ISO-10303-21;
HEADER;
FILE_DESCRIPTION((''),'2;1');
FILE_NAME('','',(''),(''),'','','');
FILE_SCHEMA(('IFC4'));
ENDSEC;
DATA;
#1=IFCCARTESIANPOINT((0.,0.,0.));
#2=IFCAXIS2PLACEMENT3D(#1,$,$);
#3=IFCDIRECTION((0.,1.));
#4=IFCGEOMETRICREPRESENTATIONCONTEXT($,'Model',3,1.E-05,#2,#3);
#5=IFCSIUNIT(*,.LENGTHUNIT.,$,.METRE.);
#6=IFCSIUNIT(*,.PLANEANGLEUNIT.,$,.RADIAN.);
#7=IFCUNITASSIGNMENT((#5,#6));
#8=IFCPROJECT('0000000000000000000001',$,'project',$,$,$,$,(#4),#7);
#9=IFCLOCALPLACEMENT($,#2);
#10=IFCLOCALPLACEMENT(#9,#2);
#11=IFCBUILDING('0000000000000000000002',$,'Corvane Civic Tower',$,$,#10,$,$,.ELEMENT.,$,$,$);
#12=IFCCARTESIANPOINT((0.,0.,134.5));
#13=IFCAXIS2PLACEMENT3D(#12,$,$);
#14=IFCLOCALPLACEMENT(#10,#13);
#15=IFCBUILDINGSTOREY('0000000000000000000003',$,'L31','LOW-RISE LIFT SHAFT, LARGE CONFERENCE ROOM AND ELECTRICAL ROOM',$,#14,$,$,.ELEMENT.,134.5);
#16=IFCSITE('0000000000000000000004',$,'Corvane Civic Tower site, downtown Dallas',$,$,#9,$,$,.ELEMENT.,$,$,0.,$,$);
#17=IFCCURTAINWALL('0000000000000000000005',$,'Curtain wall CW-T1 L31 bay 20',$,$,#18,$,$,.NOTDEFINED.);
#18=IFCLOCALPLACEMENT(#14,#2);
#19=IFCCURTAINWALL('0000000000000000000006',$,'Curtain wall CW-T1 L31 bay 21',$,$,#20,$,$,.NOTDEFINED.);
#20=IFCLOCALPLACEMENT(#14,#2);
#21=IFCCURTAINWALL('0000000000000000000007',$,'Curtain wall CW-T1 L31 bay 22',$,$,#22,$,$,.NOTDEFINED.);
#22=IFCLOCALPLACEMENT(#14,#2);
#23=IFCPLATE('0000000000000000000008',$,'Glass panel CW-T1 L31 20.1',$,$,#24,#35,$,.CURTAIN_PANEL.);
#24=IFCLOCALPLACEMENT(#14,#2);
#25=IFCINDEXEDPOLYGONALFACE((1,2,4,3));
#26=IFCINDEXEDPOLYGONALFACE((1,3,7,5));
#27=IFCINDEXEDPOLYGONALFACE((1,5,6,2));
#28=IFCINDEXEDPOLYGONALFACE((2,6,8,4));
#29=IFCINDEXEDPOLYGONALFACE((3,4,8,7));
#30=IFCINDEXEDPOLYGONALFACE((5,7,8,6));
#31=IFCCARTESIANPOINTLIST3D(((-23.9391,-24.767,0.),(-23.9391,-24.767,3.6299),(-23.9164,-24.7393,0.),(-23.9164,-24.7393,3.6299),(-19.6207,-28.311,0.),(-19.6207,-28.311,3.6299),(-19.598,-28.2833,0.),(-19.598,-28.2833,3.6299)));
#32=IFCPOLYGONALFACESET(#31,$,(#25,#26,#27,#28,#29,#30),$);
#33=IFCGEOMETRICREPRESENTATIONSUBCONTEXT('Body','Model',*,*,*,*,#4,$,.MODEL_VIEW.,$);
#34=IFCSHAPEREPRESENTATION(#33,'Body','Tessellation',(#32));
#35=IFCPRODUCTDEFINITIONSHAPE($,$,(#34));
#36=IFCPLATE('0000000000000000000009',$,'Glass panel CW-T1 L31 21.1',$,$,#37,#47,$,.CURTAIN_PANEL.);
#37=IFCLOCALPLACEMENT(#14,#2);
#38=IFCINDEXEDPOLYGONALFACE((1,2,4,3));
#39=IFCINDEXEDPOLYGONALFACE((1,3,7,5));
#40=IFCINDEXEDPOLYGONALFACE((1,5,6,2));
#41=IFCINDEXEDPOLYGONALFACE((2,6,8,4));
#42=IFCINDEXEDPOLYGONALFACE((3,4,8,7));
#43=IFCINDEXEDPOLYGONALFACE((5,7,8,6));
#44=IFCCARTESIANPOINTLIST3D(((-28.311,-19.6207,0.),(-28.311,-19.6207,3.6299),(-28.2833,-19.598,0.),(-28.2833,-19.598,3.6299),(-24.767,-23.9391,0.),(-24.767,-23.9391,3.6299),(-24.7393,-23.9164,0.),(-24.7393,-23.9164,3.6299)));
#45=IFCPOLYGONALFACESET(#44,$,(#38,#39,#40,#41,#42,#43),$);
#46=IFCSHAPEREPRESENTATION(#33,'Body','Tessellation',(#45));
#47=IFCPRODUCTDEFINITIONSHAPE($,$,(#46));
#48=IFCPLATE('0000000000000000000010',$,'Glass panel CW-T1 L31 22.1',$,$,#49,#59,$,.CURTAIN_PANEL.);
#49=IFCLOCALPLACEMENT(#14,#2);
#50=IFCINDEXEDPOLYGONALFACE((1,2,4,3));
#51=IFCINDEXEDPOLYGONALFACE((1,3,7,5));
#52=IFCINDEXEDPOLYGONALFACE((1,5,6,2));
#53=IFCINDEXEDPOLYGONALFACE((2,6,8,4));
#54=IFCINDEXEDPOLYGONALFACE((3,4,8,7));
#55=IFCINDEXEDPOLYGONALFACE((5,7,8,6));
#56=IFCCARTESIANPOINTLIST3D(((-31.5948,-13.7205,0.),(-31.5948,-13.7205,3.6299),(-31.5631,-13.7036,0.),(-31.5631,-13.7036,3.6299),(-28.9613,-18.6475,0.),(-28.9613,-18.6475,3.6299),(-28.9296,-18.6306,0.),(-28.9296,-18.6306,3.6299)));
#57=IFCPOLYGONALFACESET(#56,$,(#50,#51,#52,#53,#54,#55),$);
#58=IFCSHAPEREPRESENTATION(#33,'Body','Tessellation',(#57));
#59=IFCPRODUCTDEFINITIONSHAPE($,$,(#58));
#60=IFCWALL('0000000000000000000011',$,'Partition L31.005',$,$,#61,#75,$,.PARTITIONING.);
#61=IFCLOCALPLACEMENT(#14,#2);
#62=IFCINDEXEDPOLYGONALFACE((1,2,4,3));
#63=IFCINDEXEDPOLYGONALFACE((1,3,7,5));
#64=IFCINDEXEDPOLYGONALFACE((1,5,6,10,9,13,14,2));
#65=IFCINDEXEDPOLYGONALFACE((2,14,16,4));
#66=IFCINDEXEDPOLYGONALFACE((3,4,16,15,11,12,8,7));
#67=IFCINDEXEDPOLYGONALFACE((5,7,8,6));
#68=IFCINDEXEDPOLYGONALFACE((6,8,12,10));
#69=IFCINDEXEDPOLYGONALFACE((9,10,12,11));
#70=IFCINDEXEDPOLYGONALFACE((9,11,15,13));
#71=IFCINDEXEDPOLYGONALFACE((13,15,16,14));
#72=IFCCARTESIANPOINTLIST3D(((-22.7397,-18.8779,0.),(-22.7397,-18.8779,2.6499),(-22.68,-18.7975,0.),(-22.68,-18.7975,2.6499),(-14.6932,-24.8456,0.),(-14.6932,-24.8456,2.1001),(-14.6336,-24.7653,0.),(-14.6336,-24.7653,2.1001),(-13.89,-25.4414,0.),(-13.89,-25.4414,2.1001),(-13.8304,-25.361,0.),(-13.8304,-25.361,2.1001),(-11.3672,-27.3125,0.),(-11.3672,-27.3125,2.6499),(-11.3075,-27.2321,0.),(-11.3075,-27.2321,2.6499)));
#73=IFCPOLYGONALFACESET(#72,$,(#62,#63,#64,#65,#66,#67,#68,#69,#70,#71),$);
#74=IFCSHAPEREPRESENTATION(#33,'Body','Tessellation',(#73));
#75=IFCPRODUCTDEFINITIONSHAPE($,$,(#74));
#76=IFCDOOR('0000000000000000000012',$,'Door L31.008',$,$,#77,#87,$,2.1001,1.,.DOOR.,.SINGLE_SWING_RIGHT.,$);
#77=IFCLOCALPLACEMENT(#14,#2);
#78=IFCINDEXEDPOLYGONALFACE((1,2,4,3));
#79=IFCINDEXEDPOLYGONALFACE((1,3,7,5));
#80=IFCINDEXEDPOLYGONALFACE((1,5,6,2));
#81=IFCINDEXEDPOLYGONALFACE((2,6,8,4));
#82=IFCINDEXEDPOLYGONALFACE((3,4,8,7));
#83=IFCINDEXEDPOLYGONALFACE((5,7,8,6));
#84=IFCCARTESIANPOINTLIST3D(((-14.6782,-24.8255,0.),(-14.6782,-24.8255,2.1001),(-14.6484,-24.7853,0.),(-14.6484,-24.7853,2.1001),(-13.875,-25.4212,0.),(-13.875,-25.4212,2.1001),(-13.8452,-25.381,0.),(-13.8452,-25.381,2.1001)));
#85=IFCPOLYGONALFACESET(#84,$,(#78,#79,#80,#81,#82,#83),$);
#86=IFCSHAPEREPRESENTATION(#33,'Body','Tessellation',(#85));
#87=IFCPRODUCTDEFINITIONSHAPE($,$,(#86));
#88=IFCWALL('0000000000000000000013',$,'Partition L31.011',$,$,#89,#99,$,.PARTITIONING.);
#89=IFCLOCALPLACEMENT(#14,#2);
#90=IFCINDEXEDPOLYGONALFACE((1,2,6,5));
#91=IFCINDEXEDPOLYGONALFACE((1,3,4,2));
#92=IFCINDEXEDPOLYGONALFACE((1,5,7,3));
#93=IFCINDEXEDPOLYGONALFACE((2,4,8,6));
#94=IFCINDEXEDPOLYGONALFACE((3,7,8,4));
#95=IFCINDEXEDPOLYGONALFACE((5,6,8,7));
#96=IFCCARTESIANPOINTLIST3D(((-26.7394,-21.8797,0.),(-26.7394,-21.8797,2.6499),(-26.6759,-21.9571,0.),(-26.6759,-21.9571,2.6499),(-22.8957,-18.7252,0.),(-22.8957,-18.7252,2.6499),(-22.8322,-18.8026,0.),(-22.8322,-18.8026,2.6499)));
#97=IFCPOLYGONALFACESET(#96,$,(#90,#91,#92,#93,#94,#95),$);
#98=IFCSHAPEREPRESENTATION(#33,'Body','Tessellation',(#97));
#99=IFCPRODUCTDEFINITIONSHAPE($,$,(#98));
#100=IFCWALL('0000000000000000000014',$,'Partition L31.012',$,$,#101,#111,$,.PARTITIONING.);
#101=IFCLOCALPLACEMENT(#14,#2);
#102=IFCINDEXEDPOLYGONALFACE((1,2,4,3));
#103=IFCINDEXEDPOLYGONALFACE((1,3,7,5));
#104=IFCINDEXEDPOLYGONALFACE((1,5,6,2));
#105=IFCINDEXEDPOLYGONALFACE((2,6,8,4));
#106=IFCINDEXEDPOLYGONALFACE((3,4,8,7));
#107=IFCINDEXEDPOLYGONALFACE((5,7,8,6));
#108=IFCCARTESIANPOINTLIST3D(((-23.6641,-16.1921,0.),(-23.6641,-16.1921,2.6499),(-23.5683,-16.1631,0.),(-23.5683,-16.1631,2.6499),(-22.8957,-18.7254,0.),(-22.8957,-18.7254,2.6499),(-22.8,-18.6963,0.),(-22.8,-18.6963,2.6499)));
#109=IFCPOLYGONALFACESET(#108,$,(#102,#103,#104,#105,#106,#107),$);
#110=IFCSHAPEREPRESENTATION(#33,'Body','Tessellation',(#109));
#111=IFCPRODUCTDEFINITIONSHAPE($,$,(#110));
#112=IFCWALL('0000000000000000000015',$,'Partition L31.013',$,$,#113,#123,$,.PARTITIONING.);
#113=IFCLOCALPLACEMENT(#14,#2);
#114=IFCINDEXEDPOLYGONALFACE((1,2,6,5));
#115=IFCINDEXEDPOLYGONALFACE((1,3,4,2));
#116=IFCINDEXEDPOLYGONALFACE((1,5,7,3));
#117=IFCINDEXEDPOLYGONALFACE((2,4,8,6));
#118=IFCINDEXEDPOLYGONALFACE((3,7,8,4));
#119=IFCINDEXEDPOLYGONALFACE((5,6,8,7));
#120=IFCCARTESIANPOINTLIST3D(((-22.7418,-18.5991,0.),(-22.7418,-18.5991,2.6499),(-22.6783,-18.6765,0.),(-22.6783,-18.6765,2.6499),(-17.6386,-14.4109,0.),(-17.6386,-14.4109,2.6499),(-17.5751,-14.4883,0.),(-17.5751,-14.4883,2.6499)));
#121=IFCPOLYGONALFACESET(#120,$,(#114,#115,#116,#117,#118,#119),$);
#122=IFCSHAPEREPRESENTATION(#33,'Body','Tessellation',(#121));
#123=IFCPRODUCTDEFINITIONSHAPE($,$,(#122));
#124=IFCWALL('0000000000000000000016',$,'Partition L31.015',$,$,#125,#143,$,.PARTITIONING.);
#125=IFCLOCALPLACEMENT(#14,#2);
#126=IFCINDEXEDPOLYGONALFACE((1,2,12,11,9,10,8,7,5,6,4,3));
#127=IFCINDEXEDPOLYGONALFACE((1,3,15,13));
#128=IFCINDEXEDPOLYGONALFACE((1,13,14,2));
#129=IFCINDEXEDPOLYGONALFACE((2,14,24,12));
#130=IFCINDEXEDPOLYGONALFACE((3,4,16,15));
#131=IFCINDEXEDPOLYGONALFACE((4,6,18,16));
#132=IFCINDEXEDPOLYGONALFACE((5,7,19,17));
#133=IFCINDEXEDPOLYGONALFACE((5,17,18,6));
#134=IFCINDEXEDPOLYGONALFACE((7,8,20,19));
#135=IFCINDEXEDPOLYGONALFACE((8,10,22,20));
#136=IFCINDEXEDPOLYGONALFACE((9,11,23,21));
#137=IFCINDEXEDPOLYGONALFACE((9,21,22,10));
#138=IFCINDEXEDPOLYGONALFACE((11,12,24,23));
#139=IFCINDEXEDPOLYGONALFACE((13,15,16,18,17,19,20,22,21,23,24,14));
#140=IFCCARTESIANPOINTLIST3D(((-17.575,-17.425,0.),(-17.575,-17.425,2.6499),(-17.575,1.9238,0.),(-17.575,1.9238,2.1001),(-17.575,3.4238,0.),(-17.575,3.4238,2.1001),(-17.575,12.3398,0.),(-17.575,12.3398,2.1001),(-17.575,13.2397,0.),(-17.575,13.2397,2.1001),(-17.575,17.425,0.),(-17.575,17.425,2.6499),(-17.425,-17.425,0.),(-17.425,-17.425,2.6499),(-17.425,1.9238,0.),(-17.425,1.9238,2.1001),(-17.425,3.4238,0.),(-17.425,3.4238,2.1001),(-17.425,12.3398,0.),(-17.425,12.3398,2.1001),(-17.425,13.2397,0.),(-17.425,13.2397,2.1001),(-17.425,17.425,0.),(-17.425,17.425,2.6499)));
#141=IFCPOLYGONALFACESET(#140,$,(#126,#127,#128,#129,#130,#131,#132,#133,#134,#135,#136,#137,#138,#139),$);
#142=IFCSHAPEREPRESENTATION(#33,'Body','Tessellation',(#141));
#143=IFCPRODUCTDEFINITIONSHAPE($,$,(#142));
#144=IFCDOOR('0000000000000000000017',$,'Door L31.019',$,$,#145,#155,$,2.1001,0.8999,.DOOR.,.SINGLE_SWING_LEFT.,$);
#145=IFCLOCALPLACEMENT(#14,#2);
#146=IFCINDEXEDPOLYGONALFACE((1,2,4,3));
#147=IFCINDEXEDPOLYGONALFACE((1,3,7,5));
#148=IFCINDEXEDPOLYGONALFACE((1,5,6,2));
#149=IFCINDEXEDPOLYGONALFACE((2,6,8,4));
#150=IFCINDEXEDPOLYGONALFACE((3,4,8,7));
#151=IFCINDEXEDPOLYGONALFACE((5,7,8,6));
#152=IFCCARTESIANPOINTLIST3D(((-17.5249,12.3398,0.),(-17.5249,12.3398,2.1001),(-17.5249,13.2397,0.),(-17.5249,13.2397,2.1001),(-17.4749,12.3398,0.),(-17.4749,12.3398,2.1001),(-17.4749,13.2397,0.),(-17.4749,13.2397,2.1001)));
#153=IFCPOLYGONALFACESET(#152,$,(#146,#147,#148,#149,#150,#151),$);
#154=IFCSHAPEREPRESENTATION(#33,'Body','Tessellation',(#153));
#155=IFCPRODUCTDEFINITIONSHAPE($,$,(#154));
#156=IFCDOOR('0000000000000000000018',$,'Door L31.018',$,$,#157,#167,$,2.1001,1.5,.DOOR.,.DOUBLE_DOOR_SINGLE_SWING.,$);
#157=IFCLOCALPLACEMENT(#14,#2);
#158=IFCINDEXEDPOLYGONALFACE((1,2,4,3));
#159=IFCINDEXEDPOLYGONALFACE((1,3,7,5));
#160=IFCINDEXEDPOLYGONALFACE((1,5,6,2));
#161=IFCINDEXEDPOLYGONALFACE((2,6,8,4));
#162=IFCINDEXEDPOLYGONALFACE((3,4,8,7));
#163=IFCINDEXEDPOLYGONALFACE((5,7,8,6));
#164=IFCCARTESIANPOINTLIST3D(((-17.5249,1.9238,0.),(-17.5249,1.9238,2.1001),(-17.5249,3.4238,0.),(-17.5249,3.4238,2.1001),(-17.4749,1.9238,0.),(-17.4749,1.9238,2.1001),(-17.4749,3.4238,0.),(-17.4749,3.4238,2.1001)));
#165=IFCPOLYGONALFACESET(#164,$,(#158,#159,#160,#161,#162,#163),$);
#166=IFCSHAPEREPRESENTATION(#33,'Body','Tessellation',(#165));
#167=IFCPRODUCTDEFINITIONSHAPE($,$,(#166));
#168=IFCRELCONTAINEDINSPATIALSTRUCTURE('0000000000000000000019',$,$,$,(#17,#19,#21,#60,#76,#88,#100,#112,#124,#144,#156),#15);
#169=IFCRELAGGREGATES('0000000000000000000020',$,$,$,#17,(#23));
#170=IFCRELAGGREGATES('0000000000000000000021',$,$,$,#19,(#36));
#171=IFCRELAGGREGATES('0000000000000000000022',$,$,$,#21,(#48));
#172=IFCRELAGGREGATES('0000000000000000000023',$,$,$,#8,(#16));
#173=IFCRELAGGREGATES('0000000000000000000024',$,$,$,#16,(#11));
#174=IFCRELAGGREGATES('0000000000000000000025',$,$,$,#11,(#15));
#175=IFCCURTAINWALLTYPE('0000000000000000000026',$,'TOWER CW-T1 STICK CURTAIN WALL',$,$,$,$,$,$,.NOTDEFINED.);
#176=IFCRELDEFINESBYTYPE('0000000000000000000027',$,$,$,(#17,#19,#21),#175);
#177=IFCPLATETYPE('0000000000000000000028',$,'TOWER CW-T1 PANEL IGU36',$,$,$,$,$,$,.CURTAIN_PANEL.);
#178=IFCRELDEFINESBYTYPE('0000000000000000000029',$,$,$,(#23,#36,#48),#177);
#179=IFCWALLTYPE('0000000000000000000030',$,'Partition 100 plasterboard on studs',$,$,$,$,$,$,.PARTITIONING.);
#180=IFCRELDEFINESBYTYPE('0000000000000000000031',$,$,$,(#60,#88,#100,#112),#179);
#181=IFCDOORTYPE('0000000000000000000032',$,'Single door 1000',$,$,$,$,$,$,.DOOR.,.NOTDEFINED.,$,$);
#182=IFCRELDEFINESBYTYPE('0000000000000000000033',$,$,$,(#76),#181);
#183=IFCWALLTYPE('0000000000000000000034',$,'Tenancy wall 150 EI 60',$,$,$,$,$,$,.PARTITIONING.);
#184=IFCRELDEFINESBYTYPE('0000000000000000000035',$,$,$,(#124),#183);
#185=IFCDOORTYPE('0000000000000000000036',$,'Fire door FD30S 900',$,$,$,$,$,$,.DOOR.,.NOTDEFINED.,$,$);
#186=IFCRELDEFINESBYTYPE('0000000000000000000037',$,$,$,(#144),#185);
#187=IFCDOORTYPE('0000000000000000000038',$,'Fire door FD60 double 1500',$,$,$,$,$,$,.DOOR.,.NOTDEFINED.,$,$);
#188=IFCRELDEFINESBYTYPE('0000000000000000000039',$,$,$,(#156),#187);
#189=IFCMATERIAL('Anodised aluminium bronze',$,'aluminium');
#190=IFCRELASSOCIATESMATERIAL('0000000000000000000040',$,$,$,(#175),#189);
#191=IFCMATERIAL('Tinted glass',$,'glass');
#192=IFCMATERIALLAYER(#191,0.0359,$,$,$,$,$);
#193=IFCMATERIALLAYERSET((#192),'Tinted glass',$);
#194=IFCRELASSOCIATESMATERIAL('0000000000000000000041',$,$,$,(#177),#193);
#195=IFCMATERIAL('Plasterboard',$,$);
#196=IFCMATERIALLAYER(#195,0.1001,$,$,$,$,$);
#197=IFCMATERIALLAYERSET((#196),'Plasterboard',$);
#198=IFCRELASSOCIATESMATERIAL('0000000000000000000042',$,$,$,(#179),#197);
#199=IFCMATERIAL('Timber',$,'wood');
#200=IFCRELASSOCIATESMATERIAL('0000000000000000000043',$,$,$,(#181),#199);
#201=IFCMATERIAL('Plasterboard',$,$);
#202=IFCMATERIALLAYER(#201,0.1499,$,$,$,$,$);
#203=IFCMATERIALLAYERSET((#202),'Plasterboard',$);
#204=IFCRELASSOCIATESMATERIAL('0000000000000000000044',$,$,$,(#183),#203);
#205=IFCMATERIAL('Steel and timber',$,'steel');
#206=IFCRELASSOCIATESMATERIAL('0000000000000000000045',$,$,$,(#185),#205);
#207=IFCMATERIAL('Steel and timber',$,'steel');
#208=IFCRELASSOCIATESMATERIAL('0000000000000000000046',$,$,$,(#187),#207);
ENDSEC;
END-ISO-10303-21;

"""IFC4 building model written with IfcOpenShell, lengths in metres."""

from ifc_helpers import new_model, si_unit, direction, frame, frame_2d, origin, origin_2d, place, context, subcontext, project, spatial, rectangle, extrude, material, layer, layer_set, type_object, element, fill, aggregate, save


model = new_model("IFC4")

# Units and contexts
model_context = context("Model", 3, precision=1e-05, world=origin(), true_north=direction((0.0, 1.0)))
body_context = subcontext(model_context, "Body", "Model", "MODEL_VIEW")
ifc_project = project(units=[si_unit("LENGTHUNIT", "METRE"), si_unit("PLANEANGLEUNIT", "RADIAN")], contexts=[model_context])

# Site, building, storey
site_placement = place(None, origin())
site = spatial("IfcSite", under=ifc_project, at=site_placement, Name="Corvane Civic Tower site, downtown Dallas", CompositionType="ELEMENT", RefElevation=0.0)
building_placement = place(site_placement, origin())
building = spatial("IfcBuilding", under=site, at=building_placement, Name="Corvane Civic Tower", CompositionType="ELEMENT")
storey_placement = place(building_placement, frame((0.0, 0.0, 134.5)))
storey = spatial("IfcBuildingStorey", under=building, at=storey_placement, Name="L31", Description="LOW-RISE LIFT SHAFT, LARGE CONFERENCE ROOM AND ELECTRICAL ROOM", CompositionType="ELEMENT", Elevation=134.5)

# Curtain walls
ifc_material_1 = material(Name="Anodised aluminium bronze", Category="aluminium")
curtain_wall_type = type_object("IfcCurtainWallType", Name="TOWER CW-T1 STICK CURTAIN WALL", PredefinedType="NOTDEFINED", material=ifc_material_1)
curtain_wall_1_placement = place(storey_placement, origin())
curtain_wall_1 = element("IfcCurtainWall", 1, at=curtain_wall_1_placement, inside=storey, type_object=curtain_wall_type, Name="Curtain wall CW-T1 L31 bay 20", PredefinedType="NOTDEFINED")
curtain_wall_2_placement = place(storey_placement, origin())
curtain_wall_2 = element("IfcCurtainWall", 2, at=curtain_wall_2_placement, inside=storey, type_object=curtain_wall_type, Name="Curtain wall CW-T1 L31 bay 21", PredefinedType="NOTDEFINED")
curtain_wall_3_placement = place(storey_placement, origin())
curtain_wall_3 = element("IfcCurtainWall", 3, at=curtain_wall_3_placement, inside=storey, type_object=curtain_wall_type, Name="Curtain wall CW-T1 L31 bay 22", PredefinedType="NOTDEFINED")

# Plates
ifc_material_2 = material(Name="Tinted glass", Category="glass")
ifc_layer_1 = layer(ifc_material_2, 0.0359)
ifc_layer_set_1 = layer_set([ifc_layer_1], Name="Tinted glass")
plate_type = type_object("IfcPlateType", Name="TOWER CW-T1 PANEL IGU36", PredefinedType="CURTAIN_PANEL", material=ifc_layer_set_1)
plate_1_placement = place(storey_placement, frame((-21.7686, -26.5251, 0.0), z_axis=(0.0, 0.0, 1.0), x_axis=(-0.773013, 0.63439, 0.0)))
plate_1 = element("IfcPlate", 4, at=plate_1_placement, type_object=plate_type, Name="Glass panel CW-T1 L31 20.1", PredefinedType="CURTAIN_PANEL", context=body_context, shape_type="SweptSolid", body=[
    extrude(rectangle(XDim=5.5864, YDim=0.0359, at=origin_2d()), origin(), (0.0, 0.0, 1.0), 3.6299),
])
aggregate(curtain_wall_1, [plate_1])
plate_2_placement = place(storey_placement, frame((-26.5251, -21.7686, 0.0), z_axis=(0.0, 0.0, 1.0), x_axis=(-0.63439, 0.773013, 0.0)))
plate_2 = element("IfcPlate", 5, at=plate_2_placement, type_object=plate_type, Name="Glass panel CW-T1 L31 21.1", PredefinedType="CURTAIN_PANEL", context=body_context, shape_type="SweptSolid", body=[
    extrude(rectangle(XDim=5.5864, YDim=0.0359, at=origin_2d()), origin(), (0.0, 0.0, 1.0), 3.6299),
])
aggregate(curtain_wall_2, [plate_2])
plate_3_placement = place(storey_placement, frame((-30.2622, -16.1755, 0.0), z_axis=(0.0, 0.0, 1.0), x_axis=(-0.471392, 0.881924, 0.0)))
plate_3 = element("IfcPlate", 6, at=plate_3_placement, type_object=plate_type, Name="Glass panel CW-T1 L31 22.1", PredefinedType="CURTAIN_PANEL", context=body_context, shape_type="SweptSolid", body=[
    extrude(rectangle(XDim=5.5867, YDim=0.0359, at=origin_2d()), origin(), (0.0, 0.0, 1.0), 3.6299),
])
aggregate(curtain_wall_3, [plate_3])

# Wall, opening, door
ifc_material_3 = material(Name="Plasterboard")
ifc_layer_2 = layer(ifc_material_3, 0.1001)
ifc_layer_set_2 = layer_set([ifc_layer_2], Name="Plasterboard")
wall_type_1 = type_object("IfcWallType", Name="Partition 100 plasterboard on studs", PredefinedType="PARTITIONING", material=ifc_layer_set_2)
wall_1_placement = place(storey_placement, frame((-22.71, -18.8376, 0.0), z_axis=(0.0, 0.0, 1.0), x_axis=(0.803204, -0.595704, 0.0)))
wall_1 = element("IfcWall", 7, at=wall_1_placement, inside=storey, type_object=wall_type_1, Name="Partition L31.005", PredefinedType="PARTITIONING", context=body_context, shape_type="SweptSolid", body=[
    extrude(rectangle(XDim=14.1589, YDim=0.1001, at=frame_2d((7.0796, 0.0))), origin(), (0.0, 0.0, 1.0), 2.6499),
])
opening_1_placement = place(wall_1_placement, frame((10.0181, 0.0, 0.0)))
opening_1 = element("IfcOpeningElement", 8, at=opening_1_placement, cuts=wall_1, PredefinedType="OPENING", context=body_context, shape_type="SweptSolid", body=[
    extrude(rectangle(XDim=1.0, YDim=2.1001, at=frame_2d((0.5, 1.05))), frame((0.0, 0.0601, 0.0), z_axis=(0.0, -1.0, 0.0), x_axis=(1.0, 0.0, 0.0)), (0.0, 0.0, 1.0), 0.1201),
])
ifc_material_4 = material(Name="Timber", Category="wood")
door_type_1 = type_object("IfcDoorType", Name="Single door 1000", OperationType="NOTDEFINED", PredefinedType="DOOR", material=ifc_material_4)
door_1_placement = place(opening_1_placement, frame((1.0, 0.0, 0.0), z_axis=(0.0, 0.0, 1.0), x_axis=(-1.0, 0.0, 0.0)))
door_1 = element("IfcDoor", 9, at=door_1_placement, inside=storey, type_object=door_type_1, Name="Door L31.008", OperationType="SINGLE_SWING_RIGHT", OverallHeight=2.1001, OverallWidth=1.0, PredefinedType="DOOR", context=body_context, shape_type="SweptSolid", body=[
    extrude(rectangle(XDim=1.0, YDim=2.1001, at=frame_2d((0.5, 1.05))), frame((0.0, 0.0249, 0.0), z_axis=(0.0, -1.0, 0.0), x_axis=(1.0, 0.0, 0.0)), (0.0, 0.0, 1.0), 0.05),
])
fill(opening_1, door_1)

# Walls
wall_2_placement = place(storey_placement, frame((-26.7078, -21.9185, 0.0), z_axis=(0.0, 0.0, 1.0), x_axis=(0.773005, 0.6344, 0.0)))
element("IfcWall", 10, at=wall_2_placement, inside=storey, type_object=wall_type_1, Name="Partition L31.011", PredefinedType="PARTITIONING", context=body_context, shape_type="SweptSolid", body=[
    extrude(rectangle(XDim=4.9724, YDim=0.1001, at=frame_2d((2.4863, 0.0))), origin(), (0.0, 0.0, 1.0), 2.6499),
])
wall_3_placement = place(storey_placement, frame((-23.6162, -16.1775, 0.0), z_axis=(0.0, 0.0, 1.0), x_axis=(0.29024, -0.956954, 0.0)))
element("IfcWall", 11, at=wall_3_placement, inside=storey, type_object=wall_type_1, Name="Partition L31.012", PredefinedType="PARTITIONING", context=body_context, shape_type="SweptSolid", body=[
    extrude(rectangle(XDim=2.6472, YDim=0.1001, at=frame_2d((1.3237, 0.0))), origin(), (0.0, 0.0, 1.0), 2.6499),
])
wall_4_placement = place(storey_placement, frame((-22.71, -18.6377, 0.0), z_axis=(0.0, 0.0, 1.0), x_axis=(0.773004, 0.634401, 0.0)))
element("IfcWall", 12, at=wall_4_placement, inside=storey, type_object=wall_type_1, Name="Partition L31.013", PredefinedType="PARTITIONING", context=body_context, shape_type="SweptSolid", body=[
    extrude(rectangle(XDim=6.6018, YDim=0.1001, at=frame_2d((3.3008, 0.0))), origin(), (0.0, 0.0, 1.0), 2.6499),
])

# Wall, openings, doors
ifc_material_5 = material(Name="Plasterboard")
ifc_layer_3 = layer(ifc_material_5, 0.1499)
ifc_layer_set_3 = layer_set([ifc_layer_3], Name="Plasterboard")
wall_type_2 = type_object("IfcWallType", Name="Tenancy wall 150 EI 60", PredefinedType="PARTITIONING", material=ifc_layer_set_3)
wall_5_placement = place(storey_placement, frame((-17.5, -17.425, 0.0), z_axis=(0.0, 0.0, 1.0), x_axis=(0.0, 1.0, 0.0)))
wall_5 = element("IfcWall", 13, at=wall_5_placement, inside=storey, type_object=wall_type_2, Name="Partition L31.015", PredefinedType="PARTITIONING", context=body_context, shape_type="SweptSolid", body=[
    extrude(rectangle(XDim=34.8501, YDim=0.1499, at=frame_2d((17.425, 0.0))), origin(), (0.0, 0.0, 1.0), 2.6499),
])
opening_2_placement = place(wall_5_placement, frame((19.3489, 0.0, 0.0)))
opening_2 = element("IfcOpeningElement", 14, at=opening_2_placement, cuts=wall_5, PredefinedType="OPENING", context=body_context, shape_type="SweptSolid", body=[
    extrude(rectangle(XDim=1.5, YDim=2.1001, at=frame_2d((0.75, 1.05))), frame((0.0, 0.085, 0.0), z_axis=(0.0, -1.0, 0.0), x_axis=(1.0, 0.0, 0.0)), (0.0, 0.0, 1.0), 0.1699),
])
opening_3_placement = place(wall_5_placement, frame((29.7649, 0.0, 0.0)))
opening_3 = element("IfcOpeningElement", 15, at=opening_3_placement, cuts=wall_5, PredefinedType="OPENING", context=body_context, shape_type="SweptSolid", body=[
    extrude(rectangle(XDim=0.8999, YDim=2.1001, at=frame_2d((0.45, 1.05))), frame((0.0, 0.085, 0.0), z_axis=(0.0, -1.0, 0.0), x_axis=(1.0, 0.0, 0.0)), (0.0, 0.0, 1.0), 0.1699),
])
ifc_material_6 = material(Name="Steel and timber", Category="steel")
door_type_2 = type_object("IfcDoorType", Name="Fire door FD30S 900", OperationType="NOTDEFINED", PredefinedType="DOOR", material=ifc_material_6)
door_2_placement = place(opening_3_placement, origin())
door_2 = element("IfcDoor", 16, at=door_2_placement, inside=storey, type_object=door_type_2, Name="Door L31.019", OperationType="SINGLE_SWING_LEFT", OverallHeight=2.1001, OverallWidth=0.8999, PredefinedType="DOOR", context=body_context, shape_type="SweptSolid", body=[
    extrude(rectangle(XDim=0.8999, YDim=2.1001, at=frame_2d((0.45, 1.05))), frame((0.0, 0.0249, 0.0), z_axis=(0.0, -1.0, 0.0), x_axis=(1.0, 0.0, 0.0)), (0.0, 0.0, 1.0), 0.05),
])
fill(opening_3, door_2)
ifc_material_7 = material(Name="Steel and timber", Category="steel")
door_type_3 = type_object("IfcDoorType", Name="Fire door FD60 double 1500", OperationType="NOTDEFINED", PredefinedType="DOOR", material=ifc_material_7)
door_3_placement = place(opening_2_placement, origin())
door_3 = element("IfcDoor", 17, at=door_3_placement, inside=storey, type_object=door_type_3, Name="Door L31.018", OperationType="DOUBLE_DOOR_SINGLE_SWING", OverallHeight=2.1001, OverallWidth=1.5, PredefinedType="DOOR", context=body_context, shape_type="SweptSolid", body=[
    extrude(rectangle(XDim=1.5, YDim=2.1001, at=frame_2d((0.75, 1.05))), frame((0.0, 0.0249, 0.0), z_axis=(0.0, -1.0, 0.0), x_axis=(1.0, 0.0, 0.0)), (0.0, 0.0, 1.0), 0.05),
])
fill(opening_2, door_3)

save(model, "model.ifc")
